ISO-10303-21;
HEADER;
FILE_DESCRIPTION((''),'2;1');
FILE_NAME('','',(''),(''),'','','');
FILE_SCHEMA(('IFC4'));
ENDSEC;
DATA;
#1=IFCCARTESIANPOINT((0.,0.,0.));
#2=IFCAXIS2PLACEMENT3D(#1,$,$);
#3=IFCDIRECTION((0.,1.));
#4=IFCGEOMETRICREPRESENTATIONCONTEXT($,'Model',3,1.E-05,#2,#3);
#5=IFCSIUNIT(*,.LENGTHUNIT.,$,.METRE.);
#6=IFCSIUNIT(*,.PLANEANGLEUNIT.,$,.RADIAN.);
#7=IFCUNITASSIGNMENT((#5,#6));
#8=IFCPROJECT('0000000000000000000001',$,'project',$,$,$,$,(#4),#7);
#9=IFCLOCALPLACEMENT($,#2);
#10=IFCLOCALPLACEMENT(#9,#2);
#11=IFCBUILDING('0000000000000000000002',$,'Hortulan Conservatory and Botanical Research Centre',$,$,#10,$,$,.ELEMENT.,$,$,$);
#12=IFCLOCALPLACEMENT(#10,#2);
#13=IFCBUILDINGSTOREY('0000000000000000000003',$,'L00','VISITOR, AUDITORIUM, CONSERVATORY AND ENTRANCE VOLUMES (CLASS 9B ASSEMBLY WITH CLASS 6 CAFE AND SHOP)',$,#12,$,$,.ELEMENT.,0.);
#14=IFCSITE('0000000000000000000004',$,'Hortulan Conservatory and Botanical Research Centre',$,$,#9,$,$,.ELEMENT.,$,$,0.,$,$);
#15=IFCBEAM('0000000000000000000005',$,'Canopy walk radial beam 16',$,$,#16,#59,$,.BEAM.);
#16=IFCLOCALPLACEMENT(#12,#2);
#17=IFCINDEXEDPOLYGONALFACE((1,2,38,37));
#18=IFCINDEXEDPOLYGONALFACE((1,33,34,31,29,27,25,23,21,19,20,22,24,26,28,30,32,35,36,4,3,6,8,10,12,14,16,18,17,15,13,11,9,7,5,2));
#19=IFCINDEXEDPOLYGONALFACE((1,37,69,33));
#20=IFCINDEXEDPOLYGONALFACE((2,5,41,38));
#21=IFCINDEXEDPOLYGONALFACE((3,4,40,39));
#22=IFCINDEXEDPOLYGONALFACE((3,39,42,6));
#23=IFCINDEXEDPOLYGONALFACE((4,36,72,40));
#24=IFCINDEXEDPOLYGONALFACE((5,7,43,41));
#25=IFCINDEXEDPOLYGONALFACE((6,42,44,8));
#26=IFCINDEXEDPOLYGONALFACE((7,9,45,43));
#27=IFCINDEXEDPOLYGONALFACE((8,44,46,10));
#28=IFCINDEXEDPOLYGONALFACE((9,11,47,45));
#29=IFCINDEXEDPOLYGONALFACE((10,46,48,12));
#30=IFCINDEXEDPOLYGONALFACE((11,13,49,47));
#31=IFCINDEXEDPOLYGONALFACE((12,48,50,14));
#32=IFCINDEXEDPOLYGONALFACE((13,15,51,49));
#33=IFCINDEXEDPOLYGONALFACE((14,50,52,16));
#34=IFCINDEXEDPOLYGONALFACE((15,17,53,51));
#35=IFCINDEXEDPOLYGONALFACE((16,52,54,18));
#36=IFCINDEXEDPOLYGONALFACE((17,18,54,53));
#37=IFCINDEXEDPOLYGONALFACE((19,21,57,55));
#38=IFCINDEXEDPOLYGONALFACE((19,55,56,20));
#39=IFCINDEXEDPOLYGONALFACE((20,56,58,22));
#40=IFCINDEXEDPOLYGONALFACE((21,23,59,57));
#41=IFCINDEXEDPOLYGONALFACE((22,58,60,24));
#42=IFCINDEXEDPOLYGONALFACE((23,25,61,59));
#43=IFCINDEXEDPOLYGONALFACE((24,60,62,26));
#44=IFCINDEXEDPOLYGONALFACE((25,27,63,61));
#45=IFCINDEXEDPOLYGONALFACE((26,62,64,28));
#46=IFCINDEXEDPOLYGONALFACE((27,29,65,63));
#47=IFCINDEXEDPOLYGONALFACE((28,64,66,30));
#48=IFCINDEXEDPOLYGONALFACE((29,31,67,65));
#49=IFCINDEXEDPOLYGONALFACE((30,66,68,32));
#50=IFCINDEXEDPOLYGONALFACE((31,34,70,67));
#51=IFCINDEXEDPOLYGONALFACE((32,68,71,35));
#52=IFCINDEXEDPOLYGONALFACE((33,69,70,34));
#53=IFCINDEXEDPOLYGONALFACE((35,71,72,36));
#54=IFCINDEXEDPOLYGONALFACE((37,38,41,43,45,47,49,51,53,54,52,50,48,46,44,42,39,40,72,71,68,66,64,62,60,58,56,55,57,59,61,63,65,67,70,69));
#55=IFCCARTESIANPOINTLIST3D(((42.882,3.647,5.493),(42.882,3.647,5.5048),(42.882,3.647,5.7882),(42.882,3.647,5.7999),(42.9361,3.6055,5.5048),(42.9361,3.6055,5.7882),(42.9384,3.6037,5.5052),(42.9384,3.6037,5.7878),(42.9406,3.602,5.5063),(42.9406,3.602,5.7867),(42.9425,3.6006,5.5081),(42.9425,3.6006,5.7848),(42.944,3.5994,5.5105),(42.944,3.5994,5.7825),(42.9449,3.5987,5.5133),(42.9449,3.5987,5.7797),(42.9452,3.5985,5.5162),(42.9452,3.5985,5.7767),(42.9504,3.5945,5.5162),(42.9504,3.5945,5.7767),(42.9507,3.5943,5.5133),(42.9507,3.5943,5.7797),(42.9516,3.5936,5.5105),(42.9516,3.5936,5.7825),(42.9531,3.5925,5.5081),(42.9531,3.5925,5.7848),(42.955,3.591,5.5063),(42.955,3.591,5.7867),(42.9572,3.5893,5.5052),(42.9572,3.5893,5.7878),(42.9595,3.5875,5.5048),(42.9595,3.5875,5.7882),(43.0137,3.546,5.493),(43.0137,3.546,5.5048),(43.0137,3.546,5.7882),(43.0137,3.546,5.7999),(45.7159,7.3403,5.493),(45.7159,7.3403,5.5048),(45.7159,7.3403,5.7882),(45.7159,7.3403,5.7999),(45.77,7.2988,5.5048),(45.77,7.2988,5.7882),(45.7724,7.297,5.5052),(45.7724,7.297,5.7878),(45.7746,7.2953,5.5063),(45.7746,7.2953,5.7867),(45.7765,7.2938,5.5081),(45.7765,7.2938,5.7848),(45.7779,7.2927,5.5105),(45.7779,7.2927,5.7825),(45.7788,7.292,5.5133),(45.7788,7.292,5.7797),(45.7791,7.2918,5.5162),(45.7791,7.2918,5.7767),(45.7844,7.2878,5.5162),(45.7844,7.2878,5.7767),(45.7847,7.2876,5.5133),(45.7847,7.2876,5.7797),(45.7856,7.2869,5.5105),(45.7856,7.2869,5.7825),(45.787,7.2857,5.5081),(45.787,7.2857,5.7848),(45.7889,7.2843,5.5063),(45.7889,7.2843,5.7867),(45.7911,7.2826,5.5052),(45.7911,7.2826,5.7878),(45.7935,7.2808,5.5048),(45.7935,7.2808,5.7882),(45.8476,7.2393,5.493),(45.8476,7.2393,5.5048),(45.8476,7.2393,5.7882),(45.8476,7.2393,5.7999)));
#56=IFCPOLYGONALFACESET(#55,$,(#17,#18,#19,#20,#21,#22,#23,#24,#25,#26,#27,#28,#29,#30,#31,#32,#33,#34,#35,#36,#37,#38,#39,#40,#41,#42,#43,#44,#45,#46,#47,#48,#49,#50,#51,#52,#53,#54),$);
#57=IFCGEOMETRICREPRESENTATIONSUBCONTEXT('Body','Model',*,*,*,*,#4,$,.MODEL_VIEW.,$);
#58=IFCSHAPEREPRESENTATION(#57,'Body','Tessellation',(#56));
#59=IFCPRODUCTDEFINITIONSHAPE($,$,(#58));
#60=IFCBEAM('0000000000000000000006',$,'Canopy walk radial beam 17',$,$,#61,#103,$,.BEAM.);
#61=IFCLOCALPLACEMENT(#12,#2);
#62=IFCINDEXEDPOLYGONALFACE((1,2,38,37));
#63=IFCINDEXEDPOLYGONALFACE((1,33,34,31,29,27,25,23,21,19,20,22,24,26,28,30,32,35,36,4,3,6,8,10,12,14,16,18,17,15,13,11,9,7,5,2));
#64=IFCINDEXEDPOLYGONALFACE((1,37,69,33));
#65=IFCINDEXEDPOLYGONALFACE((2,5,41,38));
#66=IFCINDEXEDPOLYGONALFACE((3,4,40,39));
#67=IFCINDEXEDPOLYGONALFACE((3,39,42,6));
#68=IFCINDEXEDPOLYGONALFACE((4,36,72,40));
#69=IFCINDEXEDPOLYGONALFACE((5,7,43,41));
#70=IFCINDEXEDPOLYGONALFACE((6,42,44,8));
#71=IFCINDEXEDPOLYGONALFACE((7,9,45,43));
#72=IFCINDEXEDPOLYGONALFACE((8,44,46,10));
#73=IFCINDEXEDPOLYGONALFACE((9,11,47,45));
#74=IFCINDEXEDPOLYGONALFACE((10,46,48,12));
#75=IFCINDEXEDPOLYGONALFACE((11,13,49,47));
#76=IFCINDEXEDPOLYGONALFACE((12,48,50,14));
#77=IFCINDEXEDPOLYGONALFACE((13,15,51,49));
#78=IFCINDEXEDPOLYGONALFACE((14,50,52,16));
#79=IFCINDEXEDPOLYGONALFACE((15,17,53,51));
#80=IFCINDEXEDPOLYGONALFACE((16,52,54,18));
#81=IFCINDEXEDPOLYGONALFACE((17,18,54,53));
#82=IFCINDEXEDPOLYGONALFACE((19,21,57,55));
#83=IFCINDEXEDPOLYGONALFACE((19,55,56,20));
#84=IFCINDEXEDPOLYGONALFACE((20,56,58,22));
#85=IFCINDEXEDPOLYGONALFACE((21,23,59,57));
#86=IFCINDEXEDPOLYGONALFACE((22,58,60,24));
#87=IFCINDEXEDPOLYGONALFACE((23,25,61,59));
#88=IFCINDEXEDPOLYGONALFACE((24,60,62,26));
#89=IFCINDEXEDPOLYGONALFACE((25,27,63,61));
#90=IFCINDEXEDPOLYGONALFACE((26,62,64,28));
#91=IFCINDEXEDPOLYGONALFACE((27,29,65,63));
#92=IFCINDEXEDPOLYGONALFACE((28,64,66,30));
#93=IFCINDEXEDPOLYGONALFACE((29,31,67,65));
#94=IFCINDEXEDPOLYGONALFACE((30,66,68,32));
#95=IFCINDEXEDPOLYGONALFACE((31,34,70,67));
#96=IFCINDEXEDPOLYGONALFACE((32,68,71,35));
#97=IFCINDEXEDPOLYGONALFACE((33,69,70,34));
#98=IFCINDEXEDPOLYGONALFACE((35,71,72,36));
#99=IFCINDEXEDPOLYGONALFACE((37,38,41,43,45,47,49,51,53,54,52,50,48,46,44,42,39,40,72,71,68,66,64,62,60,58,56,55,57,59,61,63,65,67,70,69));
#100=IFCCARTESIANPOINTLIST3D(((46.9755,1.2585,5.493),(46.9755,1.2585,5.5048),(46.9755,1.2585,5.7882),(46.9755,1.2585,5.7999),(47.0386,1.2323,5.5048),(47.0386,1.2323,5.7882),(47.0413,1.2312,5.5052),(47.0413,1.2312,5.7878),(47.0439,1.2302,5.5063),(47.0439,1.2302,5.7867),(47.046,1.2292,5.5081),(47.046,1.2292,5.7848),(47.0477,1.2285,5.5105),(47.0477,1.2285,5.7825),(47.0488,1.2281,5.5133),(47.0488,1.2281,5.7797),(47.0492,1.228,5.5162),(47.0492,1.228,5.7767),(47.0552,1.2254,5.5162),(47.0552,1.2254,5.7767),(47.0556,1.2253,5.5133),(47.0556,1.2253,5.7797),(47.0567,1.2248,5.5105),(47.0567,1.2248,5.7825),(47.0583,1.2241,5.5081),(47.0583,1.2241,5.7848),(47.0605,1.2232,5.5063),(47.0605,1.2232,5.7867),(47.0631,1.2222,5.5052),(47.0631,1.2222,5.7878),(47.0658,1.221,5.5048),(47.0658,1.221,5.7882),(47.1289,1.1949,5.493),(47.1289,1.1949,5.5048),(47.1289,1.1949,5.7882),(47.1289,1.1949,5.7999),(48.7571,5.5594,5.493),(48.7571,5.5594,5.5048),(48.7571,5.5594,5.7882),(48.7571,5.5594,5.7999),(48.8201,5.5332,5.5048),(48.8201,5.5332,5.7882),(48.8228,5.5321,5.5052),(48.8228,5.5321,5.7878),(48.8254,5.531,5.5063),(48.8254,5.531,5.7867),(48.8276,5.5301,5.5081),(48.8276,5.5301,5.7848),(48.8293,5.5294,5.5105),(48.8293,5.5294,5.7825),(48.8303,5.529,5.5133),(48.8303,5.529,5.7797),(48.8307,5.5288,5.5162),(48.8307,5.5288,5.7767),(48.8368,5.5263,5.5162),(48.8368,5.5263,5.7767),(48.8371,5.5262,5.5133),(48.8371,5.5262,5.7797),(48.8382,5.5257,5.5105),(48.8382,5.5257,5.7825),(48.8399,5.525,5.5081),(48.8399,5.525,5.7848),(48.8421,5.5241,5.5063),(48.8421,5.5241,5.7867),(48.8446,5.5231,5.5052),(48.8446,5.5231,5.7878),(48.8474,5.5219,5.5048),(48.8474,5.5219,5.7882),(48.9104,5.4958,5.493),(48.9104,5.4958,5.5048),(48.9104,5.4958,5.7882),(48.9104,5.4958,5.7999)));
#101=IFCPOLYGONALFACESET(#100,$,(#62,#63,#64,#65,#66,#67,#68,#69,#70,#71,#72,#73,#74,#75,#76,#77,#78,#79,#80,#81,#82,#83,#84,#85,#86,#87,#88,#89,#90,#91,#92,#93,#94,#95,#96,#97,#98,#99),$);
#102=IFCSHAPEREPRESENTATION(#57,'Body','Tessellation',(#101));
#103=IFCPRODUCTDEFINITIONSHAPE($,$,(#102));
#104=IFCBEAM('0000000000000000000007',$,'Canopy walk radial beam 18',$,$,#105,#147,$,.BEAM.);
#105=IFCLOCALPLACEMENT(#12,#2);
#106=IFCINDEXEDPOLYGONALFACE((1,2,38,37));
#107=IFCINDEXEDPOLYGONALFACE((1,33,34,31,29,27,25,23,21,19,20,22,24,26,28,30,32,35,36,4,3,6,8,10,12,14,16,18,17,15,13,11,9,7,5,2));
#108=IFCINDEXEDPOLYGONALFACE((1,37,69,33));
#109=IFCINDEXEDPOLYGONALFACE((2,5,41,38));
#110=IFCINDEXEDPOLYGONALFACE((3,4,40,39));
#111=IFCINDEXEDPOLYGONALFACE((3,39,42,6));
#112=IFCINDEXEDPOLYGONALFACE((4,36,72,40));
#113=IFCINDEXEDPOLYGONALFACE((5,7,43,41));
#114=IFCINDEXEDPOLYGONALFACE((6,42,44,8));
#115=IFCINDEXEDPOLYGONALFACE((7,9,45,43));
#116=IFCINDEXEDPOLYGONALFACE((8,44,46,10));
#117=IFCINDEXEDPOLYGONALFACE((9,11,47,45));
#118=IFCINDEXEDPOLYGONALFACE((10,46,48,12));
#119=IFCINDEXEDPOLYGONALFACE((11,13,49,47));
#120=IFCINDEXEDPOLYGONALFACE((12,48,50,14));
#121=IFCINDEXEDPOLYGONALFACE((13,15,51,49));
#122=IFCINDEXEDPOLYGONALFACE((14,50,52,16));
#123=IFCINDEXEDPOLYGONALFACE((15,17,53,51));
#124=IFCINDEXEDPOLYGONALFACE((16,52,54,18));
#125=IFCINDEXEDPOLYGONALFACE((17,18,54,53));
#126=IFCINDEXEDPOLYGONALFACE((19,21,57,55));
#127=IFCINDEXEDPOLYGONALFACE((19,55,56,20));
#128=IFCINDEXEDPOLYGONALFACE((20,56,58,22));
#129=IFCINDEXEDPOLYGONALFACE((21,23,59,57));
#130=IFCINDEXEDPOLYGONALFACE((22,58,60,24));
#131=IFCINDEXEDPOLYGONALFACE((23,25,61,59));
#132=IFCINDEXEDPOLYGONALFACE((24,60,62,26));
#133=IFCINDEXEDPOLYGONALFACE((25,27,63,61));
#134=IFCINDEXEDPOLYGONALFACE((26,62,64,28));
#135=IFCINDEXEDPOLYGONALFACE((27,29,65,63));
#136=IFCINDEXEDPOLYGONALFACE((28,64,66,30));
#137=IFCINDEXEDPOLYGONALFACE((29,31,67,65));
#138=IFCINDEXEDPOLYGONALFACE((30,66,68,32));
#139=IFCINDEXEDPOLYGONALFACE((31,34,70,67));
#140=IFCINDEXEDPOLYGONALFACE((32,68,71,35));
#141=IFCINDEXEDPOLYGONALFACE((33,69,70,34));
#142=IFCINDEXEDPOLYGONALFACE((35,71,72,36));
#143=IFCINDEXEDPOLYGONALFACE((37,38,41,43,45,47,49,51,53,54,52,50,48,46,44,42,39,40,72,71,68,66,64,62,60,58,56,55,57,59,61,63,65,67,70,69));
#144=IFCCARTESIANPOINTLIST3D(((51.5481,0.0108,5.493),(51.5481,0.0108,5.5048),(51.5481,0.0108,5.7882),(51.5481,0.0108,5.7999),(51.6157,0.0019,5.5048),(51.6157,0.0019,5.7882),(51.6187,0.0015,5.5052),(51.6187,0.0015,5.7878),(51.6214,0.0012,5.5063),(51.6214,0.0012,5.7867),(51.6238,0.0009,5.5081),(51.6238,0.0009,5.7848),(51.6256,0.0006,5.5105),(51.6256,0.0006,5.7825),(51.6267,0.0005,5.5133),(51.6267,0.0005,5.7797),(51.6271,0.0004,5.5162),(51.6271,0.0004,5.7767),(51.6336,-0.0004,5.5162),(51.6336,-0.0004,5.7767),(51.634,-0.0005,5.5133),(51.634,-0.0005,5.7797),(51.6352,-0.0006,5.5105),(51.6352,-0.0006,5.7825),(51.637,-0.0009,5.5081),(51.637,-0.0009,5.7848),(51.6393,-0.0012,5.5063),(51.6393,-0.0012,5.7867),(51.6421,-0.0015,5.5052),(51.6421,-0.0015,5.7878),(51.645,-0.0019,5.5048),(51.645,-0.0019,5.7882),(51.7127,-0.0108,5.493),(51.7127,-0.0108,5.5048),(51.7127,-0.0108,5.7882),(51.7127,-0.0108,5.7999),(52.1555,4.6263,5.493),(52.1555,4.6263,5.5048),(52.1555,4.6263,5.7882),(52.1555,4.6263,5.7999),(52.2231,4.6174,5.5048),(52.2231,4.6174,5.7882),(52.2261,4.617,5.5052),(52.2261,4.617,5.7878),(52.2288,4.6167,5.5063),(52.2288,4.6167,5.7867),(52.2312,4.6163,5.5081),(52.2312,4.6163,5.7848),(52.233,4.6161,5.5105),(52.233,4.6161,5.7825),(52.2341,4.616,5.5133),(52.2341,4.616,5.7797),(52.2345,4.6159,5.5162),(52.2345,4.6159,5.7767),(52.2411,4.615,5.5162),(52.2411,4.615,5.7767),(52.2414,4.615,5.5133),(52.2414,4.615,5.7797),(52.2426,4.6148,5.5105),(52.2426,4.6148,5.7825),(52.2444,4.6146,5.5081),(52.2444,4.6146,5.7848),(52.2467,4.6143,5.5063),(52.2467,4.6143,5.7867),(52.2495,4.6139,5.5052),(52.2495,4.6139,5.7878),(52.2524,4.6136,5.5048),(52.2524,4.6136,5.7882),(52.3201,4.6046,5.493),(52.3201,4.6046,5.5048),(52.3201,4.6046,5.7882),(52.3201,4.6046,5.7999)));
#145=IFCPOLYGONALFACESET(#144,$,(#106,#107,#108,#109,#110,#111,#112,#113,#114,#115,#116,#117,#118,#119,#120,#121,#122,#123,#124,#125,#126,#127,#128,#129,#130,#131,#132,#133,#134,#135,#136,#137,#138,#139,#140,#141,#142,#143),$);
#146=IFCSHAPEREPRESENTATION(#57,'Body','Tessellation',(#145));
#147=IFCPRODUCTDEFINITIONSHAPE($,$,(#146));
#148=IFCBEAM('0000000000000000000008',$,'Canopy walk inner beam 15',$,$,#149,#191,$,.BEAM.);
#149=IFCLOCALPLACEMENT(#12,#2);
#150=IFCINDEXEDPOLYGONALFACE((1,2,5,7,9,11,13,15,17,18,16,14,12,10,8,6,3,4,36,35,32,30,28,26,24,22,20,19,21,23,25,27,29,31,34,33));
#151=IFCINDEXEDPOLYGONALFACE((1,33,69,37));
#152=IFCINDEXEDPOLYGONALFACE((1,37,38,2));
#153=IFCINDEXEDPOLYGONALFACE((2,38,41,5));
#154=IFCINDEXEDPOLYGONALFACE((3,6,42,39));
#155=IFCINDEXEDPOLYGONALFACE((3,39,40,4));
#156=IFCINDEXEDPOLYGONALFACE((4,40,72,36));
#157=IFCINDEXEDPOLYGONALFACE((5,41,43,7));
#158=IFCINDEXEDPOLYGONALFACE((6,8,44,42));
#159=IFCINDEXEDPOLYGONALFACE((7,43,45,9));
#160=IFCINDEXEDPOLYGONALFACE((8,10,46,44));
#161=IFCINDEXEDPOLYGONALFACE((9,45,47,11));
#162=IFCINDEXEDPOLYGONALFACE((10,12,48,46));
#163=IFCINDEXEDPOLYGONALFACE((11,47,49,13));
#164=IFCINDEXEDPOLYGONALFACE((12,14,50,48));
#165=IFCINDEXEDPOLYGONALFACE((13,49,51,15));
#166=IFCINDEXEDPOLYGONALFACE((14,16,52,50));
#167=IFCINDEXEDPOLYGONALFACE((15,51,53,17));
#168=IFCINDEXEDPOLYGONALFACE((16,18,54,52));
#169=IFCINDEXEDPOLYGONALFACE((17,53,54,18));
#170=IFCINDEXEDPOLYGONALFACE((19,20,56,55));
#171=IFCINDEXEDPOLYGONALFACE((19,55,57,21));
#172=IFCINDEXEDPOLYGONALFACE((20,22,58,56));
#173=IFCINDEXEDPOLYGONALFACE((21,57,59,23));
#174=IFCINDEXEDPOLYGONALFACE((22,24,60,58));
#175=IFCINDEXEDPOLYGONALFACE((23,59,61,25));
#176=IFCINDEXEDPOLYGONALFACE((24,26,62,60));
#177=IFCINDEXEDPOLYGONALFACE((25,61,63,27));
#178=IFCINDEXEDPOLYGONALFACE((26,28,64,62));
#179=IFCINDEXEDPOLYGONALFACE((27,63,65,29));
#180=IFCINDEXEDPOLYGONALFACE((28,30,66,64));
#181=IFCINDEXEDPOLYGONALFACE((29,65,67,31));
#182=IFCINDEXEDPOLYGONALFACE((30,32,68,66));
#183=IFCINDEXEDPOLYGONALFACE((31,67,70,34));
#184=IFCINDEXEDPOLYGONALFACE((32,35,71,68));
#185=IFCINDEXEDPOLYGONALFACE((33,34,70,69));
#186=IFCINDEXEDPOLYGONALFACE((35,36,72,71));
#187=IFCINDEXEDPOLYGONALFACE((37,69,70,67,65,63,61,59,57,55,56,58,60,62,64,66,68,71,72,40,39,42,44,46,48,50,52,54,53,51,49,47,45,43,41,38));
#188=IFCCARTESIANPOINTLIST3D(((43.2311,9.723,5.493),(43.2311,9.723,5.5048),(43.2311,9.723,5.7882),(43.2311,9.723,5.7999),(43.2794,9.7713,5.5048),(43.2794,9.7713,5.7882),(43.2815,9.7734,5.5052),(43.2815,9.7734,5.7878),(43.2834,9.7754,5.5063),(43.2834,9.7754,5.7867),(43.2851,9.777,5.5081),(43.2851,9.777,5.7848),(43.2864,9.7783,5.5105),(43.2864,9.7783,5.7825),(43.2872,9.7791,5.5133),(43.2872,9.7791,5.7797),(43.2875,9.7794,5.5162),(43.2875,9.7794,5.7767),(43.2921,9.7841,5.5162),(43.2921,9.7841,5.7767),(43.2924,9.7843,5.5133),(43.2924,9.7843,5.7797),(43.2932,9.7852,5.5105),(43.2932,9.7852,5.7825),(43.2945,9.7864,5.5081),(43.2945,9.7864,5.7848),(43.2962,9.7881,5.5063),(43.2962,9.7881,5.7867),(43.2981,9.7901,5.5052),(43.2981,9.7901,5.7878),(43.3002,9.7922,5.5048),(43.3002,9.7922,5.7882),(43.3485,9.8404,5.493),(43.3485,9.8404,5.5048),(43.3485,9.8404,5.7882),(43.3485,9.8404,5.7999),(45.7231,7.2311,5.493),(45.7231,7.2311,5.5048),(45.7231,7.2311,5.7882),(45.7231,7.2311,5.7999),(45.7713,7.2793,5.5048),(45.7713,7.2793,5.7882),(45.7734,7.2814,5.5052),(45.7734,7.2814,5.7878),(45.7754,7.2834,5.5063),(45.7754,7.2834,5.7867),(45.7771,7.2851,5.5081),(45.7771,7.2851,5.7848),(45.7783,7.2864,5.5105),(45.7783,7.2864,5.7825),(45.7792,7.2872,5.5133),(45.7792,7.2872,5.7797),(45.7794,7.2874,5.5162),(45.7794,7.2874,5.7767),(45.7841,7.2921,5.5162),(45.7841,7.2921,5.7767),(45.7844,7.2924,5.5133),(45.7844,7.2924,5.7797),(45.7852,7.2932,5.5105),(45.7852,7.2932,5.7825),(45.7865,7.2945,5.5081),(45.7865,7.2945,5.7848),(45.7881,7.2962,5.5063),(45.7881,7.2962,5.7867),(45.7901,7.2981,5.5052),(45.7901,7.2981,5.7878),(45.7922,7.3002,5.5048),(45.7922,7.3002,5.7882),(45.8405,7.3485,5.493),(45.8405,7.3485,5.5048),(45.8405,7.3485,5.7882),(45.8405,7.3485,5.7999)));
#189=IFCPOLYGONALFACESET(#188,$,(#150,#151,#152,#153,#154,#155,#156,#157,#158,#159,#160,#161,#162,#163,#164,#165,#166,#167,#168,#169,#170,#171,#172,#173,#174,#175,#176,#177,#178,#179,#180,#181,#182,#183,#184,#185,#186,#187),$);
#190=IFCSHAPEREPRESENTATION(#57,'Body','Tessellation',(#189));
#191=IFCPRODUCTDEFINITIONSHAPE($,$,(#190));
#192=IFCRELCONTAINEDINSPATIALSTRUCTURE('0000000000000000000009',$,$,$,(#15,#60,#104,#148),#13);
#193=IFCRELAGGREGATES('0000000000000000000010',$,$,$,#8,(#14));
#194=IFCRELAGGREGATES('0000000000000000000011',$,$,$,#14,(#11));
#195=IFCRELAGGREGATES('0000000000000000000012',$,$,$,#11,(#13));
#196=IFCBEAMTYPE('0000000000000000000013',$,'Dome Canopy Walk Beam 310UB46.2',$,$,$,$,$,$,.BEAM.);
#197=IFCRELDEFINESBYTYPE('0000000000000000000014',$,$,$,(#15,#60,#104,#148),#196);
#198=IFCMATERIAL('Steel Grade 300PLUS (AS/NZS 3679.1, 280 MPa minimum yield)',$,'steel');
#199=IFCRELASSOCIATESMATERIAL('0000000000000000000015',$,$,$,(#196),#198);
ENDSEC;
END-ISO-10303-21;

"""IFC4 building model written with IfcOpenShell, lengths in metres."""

from ifc_helpers import new_model, si_unit, direction, frame, origin, origin_2d, place, context, subcontext, project, spatial, i_section, extrude, material, material_profile, profile_set, type_object, element, save


model = new_model("IFC4")

# Units and contexts
model_context = context("Model", 3, precision=1e-05, world=origin(), true_north=direction((0.0, 1.0)))
body_context = subcontext(model_context, "Body", "Model", "MODEL_VIEW")
ifc_project = project(units=[si_unit("LENGTHUNIT", "METRE"), si_unit("PLANEANGLEUNIT", "RADIAN")], contexts=[model_context])

# Site, building, storey
site_placement = place(None, origin())
site = spatial("IfcSite", under=ifc_project, at=site_placement, Name="Hortulan Conservatory and Botanical Research Centre", CompositionType="ELEMENT", RefElevation=0.0)
building_placement = place(site_placement, origin())
building = spatial("IfcBuilding", under=site, at=building_placement, Name="Hortulan Conservatory and Botanical Research Centre", CompositionType="ELEMENT")
storey_placement = place(building_placement, origin())
storey = spatial("IfcBuildingStorey", under=building, at=storey_placement, Name="L00", Description="VISITOR, AUDITORIUM, CONSERVATORY AND ENTRANCE VOLUMES (CLASS 9B ASSEMBLY WITH CLASS 6 CAFE AND SHOP)", CompositionType="ELEMENT", Elevation=0.0)

# Beams
ifc_material_1 = material(Name="Steel Grade 300PLUS (AS/NZS 3679.1, 280 MPa minimum yield)", Category="steel")
ifc_material_profile_1 = material_profile(ifc_material_1, i_section(OverallWidth=0.166, OverallDepth=0.3069, WebThickness=0.0066, FlangeThickness=0.0117, FilletRadius=0.0115, at=origin_2d()), Name="310UB46.2")
ifc_profile_set_1 = profile_set([ifc_material_profile_1], Name="Steel Grade 300PLUS (AS/NZS 3679.1, 280 MPa minimum yield)")
beam_type = type_object("IfcBeamType", Name="Dome Canopy Walk Beam 310UB46.2", PredefinedType="BEAM", material=ifc_profile_set_1)
for number, where, z_axis, x_axis, name in (
    (1, (45.7817, 7.2898, 5.6465), (-0.608757, -0.793356, 0.0), (0.793356, -0.608757, 0.0), "Canopy walk radial beam 16"),
    (2, (48.8337, 5.5276, 5.6465), (-0.382693, -0.923876, 0.0), (0.923876, -0.382693, 0.0), "Canopy walk radial beam 17"),
    (3, (52.2378, 4.6155, 5.6465), (-0.13048, -0.991451, 0.0), (0.991451, -0.13048, 0.0), "Canopy walk radial beam 18"),
):
    element("IfcBeam", number, at=place(storey_placement, frame(where, z_axis=z_axis, x_axis=x_axis)), inside=storey, type_object=beam_type, Name=name, PredefinedType="BEAM", context=body_context, shape_type="SweptSolid", body=[
        extrude(i_section(OverallWidth=0.166, OverallDepth=0.3069, WebThickness=0.0066, FlangeThickness=0.0117, FilletRadius=0.0115, at=origin_2d()), origin(), (0.0, 0.0, 1.0), 4.6553),
    ])
for number, where, z_axis, x_axis, name in (
    (4, (43.2898, 9.7817, 5.6465), (0.707107, -0.707107, 0.0), (0.707107, 0.707107, 0.0), "Canopy walk inner beam 15"),
):
    element("IfcBeam", number, at=place(storey_placement, frame(where, z_axis=z_axis, x_axis=x_axis)), inside=storey, type_object=beam_type, Name=name, PredefinedType="BEAM", context=body_context, shape_type="SweptSolid", body=[
        extrude(i_section(OverallWidth=0.166, OverallDepth=0.3069, WebThickness=0.0066, FlangeThickness=0.0117, FilletRadius=0.0115, at=origin_2d()), origin(), (0.0, 0.0, 1.0), 3.5242),
    ])

save(model, "model.ifc")
